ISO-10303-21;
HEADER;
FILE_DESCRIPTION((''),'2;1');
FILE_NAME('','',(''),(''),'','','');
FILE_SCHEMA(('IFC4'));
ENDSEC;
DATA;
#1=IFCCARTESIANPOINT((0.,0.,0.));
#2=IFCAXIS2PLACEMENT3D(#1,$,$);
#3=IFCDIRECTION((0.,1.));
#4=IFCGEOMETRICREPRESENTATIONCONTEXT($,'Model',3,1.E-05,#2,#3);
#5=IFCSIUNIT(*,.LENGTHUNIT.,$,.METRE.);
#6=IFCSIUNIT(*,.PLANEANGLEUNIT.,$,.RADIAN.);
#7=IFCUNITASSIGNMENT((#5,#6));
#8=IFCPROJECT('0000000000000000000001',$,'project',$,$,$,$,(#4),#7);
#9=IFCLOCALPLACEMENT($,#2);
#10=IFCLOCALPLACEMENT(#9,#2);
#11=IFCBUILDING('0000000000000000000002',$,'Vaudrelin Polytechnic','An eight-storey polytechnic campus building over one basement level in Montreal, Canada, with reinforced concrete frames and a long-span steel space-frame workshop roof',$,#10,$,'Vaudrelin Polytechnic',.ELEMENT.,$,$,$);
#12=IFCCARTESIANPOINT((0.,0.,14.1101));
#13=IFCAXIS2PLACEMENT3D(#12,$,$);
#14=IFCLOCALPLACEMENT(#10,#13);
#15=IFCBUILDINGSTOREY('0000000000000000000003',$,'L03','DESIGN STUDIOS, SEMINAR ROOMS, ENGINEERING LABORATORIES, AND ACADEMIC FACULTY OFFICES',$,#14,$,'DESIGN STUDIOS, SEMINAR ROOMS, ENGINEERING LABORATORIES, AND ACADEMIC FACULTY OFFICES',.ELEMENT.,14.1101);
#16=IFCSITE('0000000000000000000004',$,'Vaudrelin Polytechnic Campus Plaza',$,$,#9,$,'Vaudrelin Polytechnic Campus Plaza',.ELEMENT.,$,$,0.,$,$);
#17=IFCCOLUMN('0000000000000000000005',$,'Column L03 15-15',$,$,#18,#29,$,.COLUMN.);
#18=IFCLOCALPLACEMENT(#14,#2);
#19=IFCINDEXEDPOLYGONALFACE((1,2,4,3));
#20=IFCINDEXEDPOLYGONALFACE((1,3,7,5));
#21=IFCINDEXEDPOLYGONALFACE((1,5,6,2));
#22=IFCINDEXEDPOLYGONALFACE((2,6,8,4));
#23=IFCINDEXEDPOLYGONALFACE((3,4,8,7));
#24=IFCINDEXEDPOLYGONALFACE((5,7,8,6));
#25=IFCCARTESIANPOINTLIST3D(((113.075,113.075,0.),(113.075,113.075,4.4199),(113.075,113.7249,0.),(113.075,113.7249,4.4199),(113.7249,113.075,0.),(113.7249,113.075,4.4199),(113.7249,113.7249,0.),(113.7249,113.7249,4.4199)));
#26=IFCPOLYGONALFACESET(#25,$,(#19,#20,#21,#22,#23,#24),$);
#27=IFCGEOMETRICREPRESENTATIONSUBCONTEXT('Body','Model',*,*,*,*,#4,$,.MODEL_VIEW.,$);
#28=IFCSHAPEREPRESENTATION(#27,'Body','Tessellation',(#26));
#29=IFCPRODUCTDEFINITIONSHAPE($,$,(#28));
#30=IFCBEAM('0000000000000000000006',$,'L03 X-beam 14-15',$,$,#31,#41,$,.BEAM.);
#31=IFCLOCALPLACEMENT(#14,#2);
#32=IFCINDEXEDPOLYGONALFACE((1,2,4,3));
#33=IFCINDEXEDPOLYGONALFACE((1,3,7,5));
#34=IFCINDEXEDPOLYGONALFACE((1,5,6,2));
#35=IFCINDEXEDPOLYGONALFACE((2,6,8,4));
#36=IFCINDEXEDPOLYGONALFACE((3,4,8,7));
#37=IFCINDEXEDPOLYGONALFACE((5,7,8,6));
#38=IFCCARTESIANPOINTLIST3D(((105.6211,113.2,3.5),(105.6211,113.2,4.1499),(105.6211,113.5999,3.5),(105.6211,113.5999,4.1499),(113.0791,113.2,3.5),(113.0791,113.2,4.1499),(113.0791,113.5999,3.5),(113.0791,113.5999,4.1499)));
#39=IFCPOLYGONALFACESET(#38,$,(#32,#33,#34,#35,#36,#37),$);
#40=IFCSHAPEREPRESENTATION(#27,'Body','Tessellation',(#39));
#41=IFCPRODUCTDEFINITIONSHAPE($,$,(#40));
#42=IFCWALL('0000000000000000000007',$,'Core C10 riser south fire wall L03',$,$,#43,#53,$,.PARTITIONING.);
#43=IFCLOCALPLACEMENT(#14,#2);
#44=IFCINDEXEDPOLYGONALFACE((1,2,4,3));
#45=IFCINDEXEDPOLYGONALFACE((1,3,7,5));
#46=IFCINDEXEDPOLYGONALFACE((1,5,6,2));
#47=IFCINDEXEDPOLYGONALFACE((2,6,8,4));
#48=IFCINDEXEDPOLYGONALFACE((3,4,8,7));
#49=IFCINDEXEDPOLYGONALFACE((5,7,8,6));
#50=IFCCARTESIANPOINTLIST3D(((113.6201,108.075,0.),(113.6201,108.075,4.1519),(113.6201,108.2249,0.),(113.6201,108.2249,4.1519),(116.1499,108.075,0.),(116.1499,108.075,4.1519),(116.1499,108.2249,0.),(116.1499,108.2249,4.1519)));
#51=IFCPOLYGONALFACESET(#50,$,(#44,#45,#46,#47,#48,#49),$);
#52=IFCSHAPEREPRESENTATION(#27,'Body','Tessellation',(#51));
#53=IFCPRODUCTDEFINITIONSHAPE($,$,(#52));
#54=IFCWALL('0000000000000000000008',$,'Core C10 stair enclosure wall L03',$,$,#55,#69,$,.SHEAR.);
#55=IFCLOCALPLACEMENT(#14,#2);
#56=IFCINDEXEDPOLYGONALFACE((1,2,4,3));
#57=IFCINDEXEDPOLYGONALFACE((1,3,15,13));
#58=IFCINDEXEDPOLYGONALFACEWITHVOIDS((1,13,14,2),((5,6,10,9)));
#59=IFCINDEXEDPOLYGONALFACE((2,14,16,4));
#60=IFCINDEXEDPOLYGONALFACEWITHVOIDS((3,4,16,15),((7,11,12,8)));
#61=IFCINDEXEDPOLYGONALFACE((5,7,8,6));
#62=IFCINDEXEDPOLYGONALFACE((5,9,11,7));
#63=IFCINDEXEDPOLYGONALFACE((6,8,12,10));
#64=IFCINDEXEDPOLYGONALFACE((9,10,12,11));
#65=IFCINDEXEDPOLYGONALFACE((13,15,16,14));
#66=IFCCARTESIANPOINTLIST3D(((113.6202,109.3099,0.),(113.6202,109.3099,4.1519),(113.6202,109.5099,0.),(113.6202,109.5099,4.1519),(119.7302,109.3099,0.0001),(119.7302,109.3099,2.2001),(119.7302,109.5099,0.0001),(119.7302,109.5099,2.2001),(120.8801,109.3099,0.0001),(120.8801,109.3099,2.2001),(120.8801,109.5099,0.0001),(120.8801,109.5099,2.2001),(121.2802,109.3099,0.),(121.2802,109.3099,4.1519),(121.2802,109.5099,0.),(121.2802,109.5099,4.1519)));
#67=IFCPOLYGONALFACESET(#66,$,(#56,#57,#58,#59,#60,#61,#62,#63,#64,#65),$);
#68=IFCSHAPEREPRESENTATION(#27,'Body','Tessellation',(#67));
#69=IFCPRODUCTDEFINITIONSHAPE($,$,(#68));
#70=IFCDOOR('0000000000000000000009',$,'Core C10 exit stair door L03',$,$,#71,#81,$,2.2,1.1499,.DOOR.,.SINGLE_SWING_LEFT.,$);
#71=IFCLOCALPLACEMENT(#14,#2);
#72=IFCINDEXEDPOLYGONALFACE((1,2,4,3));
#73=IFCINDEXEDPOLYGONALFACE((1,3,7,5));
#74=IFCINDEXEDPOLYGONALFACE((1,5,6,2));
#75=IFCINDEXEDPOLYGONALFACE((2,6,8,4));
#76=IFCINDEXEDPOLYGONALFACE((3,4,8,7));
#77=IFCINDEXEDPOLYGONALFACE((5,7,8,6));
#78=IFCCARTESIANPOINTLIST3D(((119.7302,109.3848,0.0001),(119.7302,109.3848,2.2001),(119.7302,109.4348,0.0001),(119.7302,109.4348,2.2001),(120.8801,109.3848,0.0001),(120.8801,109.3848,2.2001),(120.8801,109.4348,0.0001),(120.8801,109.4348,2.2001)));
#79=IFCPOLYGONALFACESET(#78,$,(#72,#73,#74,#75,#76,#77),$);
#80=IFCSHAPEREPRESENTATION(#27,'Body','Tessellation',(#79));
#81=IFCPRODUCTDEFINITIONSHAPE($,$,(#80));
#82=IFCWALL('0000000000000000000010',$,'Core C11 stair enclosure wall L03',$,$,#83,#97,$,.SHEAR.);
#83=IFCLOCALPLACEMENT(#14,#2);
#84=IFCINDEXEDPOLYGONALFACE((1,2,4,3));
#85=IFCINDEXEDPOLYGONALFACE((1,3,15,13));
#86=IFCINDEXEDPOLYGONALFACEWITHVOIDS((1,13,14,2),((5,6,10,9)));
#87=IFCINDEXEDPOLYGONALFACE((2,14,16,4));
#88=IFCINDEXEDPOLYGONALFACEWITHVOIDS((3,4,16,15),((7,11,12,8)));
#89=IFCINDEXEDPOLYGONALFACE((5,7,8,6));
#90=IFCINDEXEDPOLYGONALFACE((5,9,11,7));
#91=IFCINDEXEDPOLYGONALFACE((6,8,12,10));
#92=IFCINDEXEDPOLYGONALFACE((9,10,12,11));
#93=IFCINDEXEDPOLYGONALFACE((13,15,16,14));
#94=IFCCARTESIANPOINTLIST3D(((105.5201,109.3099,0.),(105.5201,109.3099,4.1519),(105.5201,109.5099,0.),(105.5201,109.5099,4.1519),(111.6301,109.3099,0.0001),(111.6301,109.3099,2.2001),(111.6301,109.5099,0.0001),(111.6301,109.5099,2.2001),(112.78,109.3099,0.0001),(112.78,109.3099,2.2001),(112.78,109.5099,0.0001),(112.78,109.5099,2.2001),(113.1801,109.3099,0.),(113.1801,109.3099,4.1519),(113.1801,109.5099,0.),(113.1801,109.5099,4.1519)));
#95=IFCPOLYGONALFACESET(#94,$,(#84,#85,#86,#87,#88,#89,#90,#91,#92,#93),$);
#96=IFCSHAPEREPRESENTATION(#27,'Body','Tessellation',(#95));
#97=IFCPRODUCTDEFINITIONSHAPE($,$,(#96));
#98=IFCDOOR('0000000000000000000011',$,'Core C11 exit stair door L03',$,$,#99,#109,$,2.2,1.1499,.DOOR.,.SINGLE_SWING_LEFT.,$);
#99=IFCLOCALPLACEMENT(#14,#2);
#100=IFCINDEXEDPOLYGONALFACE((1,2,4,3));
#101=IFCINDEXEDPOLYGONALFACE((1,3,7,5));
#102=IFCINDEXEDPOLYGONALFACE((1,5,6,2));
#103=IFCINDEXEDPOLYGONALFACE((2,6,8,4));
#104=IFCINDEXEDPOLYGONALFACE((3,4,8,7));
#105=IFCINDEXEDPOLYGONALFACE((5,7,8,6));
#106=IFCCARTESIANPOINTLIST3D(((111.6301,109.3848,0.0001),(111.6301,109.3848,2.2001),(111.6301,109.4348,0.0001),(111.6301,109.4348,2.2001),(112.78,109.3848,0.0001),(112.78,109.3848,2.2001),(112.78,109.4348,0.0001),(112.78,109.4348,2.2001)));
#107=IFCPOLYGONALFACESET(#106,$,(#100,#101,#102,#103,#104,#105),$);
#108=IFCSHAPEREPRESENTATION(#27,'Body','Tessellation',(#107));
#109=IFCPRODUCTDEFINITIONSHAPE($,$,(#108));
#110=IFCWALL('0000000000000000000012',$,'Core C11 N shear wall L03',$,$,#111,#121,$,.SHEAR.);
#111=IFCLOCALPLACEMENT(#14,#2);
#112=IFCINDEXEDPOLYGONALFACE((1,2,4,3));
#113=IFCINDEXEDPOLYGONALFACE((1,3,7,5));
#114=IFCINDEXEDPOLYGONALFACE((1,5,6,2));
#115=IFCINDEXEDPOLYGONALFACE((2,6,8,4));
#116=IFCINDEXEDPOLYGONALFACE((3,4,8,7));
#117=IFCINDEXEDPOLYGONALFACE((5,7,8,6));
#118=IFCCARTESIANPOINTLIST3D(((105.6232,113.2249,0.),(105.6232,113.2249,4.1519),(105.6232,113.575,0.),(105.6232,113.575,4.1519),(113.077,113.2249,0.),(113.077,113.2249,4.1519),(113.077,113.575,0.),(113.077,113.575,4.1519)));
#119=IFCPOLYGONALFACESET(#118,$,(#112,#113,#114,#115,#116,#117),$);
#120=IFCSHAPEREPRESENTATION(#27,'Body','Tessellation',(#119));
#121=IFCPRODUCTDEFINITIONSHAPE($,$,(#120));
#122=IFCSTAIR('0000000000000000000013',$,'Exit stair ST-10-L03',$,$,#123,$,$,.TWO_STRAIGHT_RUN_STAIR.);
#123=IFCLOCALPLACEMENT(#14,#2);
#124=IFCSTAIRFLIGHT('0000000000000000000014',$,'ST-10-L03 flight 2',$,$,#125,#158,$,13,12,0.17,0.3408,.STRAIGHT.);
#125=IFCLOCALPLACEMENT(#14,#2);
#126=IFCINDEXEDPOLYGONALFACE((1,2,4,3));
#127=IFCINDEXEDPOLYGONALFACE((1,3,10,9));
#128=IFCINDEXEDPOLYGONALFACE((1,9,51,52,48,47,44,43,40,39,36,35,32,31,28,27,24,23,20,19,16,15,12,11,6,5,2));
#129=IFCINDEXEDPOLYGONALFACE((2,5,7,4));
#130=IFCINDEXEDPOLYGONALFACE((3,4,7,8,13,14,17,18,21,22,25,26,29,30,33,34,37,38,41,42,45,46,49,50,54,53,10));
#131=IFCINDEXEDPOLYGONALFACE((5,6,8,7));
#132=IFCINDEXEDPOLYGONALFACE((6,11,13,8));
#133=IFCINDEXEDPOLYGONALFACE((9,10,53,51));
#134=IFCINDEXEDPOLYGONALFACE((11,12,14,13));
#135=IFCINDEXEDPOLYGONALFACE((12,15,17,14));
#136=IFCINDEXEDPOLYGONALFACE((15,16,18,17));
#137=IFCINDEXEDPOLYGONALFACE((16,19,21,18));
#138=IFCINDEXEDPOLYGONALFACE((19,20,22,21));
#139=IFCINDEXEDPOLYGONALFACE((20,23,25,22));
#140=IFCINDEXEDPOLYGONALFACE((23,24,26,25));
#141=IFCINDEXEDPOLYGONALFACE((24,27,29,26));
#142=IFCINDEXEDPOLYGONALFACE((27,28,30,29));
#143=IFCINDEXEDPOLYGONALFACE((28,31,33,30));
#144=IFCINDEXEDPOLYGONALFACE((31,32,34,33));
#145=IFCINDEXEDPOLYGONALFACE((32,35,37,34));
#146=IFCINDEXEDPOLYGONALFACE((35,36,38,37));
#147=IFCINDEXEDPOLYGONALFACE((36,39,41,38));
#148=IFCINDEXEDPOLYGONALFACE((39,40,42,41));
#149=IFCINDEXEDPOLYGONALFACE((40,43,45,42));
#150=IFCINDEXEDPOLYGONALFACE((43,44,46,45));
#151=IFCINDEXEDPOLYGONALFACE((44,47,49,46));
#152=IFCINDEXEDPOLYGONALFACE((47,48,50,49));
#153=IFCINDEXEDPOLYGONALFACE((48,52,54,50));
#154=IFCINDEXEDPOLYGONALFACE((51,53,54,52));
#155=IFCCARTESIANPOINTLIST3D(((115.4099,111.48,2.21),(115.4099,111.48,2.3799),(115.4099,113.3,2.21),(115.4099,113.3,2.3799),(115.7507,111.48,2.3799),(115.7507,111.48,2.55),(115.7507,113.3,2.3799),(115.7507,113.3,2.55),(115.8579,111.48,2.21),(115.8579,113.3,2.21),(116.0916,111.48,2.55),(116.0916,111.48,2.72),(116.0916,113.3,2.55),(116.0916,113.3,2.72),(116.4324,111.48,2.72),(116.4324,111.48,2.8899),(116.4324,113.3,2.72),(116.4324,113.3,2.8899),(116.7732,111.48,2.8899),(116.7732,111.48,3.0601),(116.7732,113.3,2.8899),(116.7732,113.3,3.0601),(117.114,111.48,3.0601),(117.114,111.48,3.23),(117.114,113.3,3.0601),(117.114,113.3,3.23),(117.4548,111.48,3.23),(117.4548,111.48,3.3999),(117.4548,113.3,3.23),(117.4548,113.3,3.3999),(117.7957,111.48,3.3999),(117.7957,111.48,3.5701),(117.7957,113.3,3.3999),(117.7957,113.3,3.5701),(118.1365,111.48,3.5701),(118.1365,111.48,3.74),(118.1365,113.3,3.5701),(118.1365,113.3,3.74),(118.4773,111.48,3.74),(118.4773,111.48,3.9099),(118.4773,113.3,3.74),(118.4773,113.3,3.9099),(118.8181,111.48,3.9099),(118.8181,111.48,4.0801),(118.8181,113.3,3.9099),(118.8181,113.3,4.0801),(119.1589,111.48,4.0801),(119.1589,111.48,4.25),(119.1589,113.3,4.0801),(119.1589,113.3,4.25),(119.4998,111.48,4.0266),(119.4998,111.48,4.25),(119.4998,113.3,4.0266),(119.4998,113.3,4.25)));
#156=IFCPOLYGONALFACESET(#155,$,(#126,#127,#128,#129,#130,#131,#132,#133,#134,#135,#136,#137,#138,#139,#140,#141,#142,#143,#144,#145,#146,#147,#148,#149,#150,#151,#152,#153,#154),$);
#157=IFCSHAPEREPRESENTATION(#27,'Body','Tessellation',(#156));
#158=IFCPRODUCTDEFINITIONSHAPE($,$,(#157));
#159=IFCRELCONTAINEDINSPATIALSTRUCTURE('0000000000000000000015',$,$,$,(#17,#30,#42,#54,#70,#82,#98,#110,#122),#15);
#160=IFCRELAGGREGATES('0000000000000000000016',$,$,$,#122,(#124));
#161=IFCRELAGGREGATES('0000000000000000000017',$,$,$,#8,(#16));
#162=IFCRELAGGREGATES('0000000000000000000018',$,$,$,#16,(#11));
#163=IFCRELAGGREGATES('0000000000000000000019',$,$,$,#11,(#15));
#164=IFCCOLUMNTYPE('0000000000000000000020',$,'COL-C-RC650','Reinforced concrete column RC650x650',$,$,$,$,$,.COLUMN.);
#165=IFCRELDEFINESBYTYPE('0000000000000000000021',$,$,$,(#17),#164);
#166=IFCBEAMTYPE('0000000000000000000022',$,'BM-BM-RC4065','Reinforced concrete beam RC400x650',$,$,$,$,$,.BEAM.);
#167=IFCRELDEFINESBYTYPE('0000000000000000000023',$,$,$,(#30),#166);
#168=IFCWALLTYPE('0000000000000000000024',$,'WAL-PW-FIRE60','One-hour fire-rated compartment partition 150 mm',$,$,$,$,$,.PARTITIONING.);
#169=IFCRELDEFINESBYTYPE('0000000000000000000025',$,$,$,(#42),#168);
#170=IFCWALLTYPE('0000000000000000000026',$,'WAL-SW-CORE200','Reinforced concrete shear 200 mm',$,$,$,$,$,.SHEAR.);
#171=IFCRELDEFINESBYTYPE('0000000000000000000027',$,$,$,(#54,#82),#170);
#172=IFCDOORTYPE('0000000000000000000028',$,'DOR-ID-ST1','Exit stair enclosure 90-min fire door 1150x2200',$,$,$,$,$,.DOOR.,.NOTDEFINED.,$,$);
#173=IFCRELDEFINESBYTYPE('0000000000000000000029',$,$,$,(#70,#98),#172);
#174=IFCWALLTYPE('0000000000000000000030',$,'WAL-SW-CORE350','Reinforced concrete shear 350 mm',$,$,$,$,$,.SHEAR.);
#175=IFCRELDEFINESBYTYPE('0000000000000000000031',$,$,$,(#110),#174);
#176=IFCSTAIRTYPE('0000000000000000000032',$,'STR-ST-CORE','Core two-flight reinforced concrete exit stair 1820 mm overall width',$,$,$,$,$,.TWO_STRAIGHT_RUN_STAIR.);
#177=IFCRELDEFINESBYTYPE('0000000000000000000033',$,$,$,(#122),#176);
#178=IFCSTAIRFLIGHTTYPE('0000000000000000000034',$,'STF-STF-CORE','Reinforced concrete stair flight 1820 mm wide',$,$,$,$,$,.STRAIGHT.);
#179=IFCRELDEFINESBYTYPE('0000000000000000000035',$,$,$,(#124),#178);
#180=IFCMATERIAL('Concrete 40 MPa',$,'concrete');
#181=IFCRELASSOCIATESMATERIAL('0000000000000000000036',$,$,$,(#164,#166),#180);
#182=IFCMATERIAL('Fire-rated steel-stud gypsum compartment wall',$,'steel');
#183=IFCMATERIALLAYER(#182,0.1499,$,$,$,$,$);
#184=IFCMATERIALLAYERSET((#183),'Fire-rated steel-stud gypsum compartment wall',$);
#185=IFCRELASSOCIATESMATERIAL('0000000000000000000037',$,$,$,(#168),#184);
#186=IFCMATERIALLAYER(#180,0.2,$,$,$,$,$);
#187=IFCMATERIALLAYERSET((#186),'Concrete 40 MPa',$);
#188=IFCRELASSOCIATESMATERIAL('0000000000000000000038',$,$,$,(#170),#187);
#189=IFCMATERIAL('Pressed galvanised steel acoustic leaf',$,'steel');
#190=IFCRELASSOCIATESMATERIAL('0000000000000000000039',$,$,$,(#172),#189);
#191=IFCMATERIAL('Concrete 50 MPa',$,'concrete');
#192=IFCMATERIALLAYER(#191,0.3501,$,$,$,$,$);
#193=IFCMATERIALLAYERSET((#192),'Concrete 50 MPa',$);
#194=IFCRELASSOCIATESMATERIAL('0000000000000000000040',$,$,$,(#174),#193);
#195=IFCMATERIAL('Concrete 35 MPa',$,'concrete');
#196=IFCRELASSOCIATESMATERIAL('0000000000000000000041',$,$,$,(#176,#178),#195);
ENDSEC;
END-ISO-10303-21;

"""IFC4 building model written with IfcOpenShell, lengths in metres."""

from ifc_helpers import new_model, si_unit, direction, frame, frame_2d, origin, origin_2d, place, context, subcontext, project, spatial, polyline, rectangle, outline, extrude, material, layer, layer_set, material_profile, profile_set, type_object, element, fill, aggregate, save


model = new_model("IFC4")

# Units and contexts
model_context = context("Model", 3, precision=1e-05, world=origin(), true_north=direction((0.0, 1.0)))
body_context = subcontext(model_context, "Body", "Model", "MODEL_VIEW")
ifc_project = project(units=[si_unit("LENGTHUNIT", "METRE"), si_unit("PLANEANGLEUNIT", "RADIAN")], contexts=[model_context])

# Site, building, storey
site_placement = place(None, origin())
site = spatial("IfcSite", under=ifc_project, at=site_placement, Name="Vaudrelin Polytechnic Campus Plaza", LongName="Vaudrelin Polytechnic Campus Plaza", CompositionType="ELEMENT", RefElevation=0.0)
building_placement = place(site_placement, origin())
building = spatial("IfcBuilding", under=site, at=building_placement, Name="Vaudrelin Polytechnic", Description="An eight-storey polytechnic campus building over one basement level in Montreal, Canada, with reinforced concrete frames and a long-span steel space-frame workshop roof", LongName="Vaudrelin Polytechnic", CompositionType="ELEMENT")
storey_placement = place(building_placement, frame((0.0, 0.0, 14.1101)))
storey = spatial("IfcBuildingStorey", under=building, at=storey_placement, Name="L03", Description="DESIGN STUDIOS, SEMINAR ROOMS, ENGINEERING LABORATORIES, AND ACADEMIC FACULTY OFFICES", LongName="DESIGN STUDIOS, SEMINAR ROOMS, ENGINEERING LABORATORIES, AND ACADEMIC FACULTY OFFICES", CompositionType="ELEMENT", Elevation=14.1101)

# Column
ifc_material_1 = material(Name="Concrete 40 MPa", Category="concrete")
ifc_material_profile_1 = material_profile(ifc_material_1, rectangle(XDim=0.6499, YDim=0.6499, at=origin_2d()), Name="RC650x650")
ifc_profile_set_1 = profile_set([ifc_material_profile_1], Name="Concrete 40 MPa")
column_type = type_object("IfcColumnType", Name="COL-C-RC650", Description="Reinforced concrete column RC650x650", PredefinedType="COLUMN", material=ifc_profile_set_1)
column_placement = place(storey_placement, frame((113.3999, 113.3999, 0.0), z_axis=(0.0, 0.0, 1.0), x_axis=(1.0, 0.0, 0.0)))
element("IfcColumn", 1, at=column_placement, inside=storey, type_object=column_type, Name="Column L03 15-15", PredefinedType="COLUMN", context=body_context, shape_type="SweptSolid", body=[
    extrude(rectangle(XDim=0.6499, YDim=0.6499, at=origin_2d()), origin(), (0.0, 0.0, 1.0), 4.4199),
])

# Beam
ifc_material_profile_2 = material_profile(ifc_material_1, rectangle(XDim=0.3999, YDim=0.6499, at=origin_2d()), Name="RC400x650")
ifc_profile_set_2 = profile_set([ifc_material_profile_2], Name="Concrete 40 MPa")
beam_type = type_object("IfcBeamType", Name="BM-BM-RC4065", Description="Reinforced concrete beam RC400x650", PredefinedType="BEAM", material=ifc_profile_set_2)
beam_placement = place(storey_placement, frame((105.6211, 113.3999, 3.825), z_axis=(1.0, 0.0, 0.0), x_axis=(0.0, 1.0, 0.0)))
element("IfcBeam", 2, at=beam_placement, inside=storey, type_object=beam_type, Name="L03 X-beam 14-15", PredefinedType="BEAM", context=body_context, shape_type="SweptSolid", body=[
    extrude(rectangle(XDim=0.3999, YDim=0.6499, at=origin_2d()), origin(), (0.0, 0.0, 1.0), 7.458),
])

# Shared definitions
ifc_material_2 = material(Name="Fire-rated steel-stud gypsum compartment wall", Category="steel")
ifc_layer_1 = layer(ifc_material_2, 0.1499)
ifc_layer_set_1 = layer_set([ifc_layer_1], Name="Fire-rated steel-stud gypsum compartment wall")
wall_type_1 = type_object("IfcWallType", Name="WAL-PW-FIRE60", Description="One-hour fire-rated compartment partition 150 mm", PredefinedType="PARTITIONING", material=ifc_layer_set_1)
ifc_material_3 = material(Name="Pressed galvanised steel acoustic leaf", Category="steel")

# Wall
wall_1_placement = place(storey_placement, frame((113.6201, 108.1499, 0.0), z_axis=(0.0, 0.0, 1.0), x_axis=(1.0, 0.0, 0.0)))
element("IfcWall", 3, at=wall_1_placement, inside=storey, type_object=wall_type_1, Name="Core C10 riser south fire wall L03", PredefinedType="PARTITIONING", context=body_context, shape_type="SweptSolid", body=[
    extrude(rectangle(XDim=2.5298, YDim=0.1499, at=frame_2d((1.2649, 0.0))), origin(), (0.0, 0.0, 1.0), 4.1519),
])

# Walls, openings, doors
ifc_layer_2 = layer(ifc_material_1, 0.2)
ifc_layer_set_2 = layer_set([ifc_layer_2], Name="Concrete 40 MPa")
wall_type_2 = type_object("IfcWallType", Name="WAL-SW-CORE200", Description="Reinforced concrete shear 200 mm", PredefinedType="SHEAR", material=ifc_layer_set_2)
wall_2_placement = place(storey_placement, frame((113.6201, 109.4099, 0.0), z_axis=(0.0, 0.0, 1.0), x_axis=(1.0, 0.0, 0.0)))
wall_2 = element("IfcWall", 4, at=wall_2_placement, inside=storey, type_object=wall_type_2, Name="Core C10 stair enclosure wall L03", PredefinedType="SHEAR", context=body_context, shape_type="SweptSolid", body=[
    extrude(rectangle(XDim=7.6599, YDim=0.2, at=frame_2d((3.8301, 0.0))), origin(), (0.0, 0.0, 1.0), 4.1519),
])
opening_1_placement = place(wall_2_placement, frame((6.1101, 0.0, 0.0)))
opening_1 = element("IfcOpeningElement", 5, at=opening_1_placement, cuts=wall_2, PredefinedType="OPENING", context=body_context, shape_type="SweptSolid", body=[
    extrude(rectangle(XDim=1.1499, YDim=2.2, at=frame_2d((0.575, 1.1001))), frame((0.0, 0.1099, 0.0), z_axis=(0.0, -1.0, 0.0), x_axis=(1.0, 0.0, 0.0)), (0.0, 0.0, 1.0), 0.22),
])
door_type_1 = type_object("IfcDoorType", Name="DOR-ID-ST1", Description="Exit stair enclosure 90-min fire door 1150x2200", OperationType="NOTDEFINED", PredefinedType="DOOR", material=ifc_material_3)
door_1_placement = place(opening_1_placement, origin())
door_1 = element("IfcDoor", 6, at=door_1_placement, inside=storey, type_object=door_type_1, Name="Core C10 exit stair door L03", OperationType="SINGLE_SWING_LEFT", OverallHeight=2.2, OverallWidth=1.1499, PredefinedType="DOOR", context=body_context, shape_type="SweptSolid", body=[
    extrude(rectangle(XDim=1.1499, YDim=2.2, at=frame_2d((0.575, 1.1001))), frame((0.0, 0.0249, 0.0), z_axis=(0.0, -1.0, 0.0), x_axis=(1.0, 0.0, 0.0)), (0.0, 0.0, 1.0), 0.05),
])
fill(opening_1, door_1)
wall_3_placement = place(storey_placement, frame((105.52, 109.4099, 0.0), z_axis=(0.0, 0.0, 1.0), x_axis=(1.0, 0.0, 0.0)))
wall_3 = element("IfcWall", 7, at=wall_3_placement, inside=storey, type_object=wall_type_2, Name="Core C11 stair enclosure wall L03", PredefinedType="SHEAR", context=body_context, shape_type="SweptSolid", body=[
    extrude(rectangle(XDim=7.6599, YDim=0.2, at=frame_2d((3.8301, 0.0))), origin(), (0.0, 0.0, 1.0), 4.1519),
])
opening_2_placement = place(wall_3_placement, frame((6.1101, 0.0, 0.0)))
opening_2 = element("IfcOpeningElement", 8, at=opening_2_placement, cuts=wall_3, PredefinedType="OPENING", context=body_context, shape_type="SweptSolid", body=[
    extrude(rectangle(XDim=1.1499, YDim=2.2, at=frame_2d((0.575, 1.1001))), frame((0.0, 0.1099, 0.0), z_axis=(0.0, -1.0, 0.0), x_axis=(1.0, 0.0, 0.0)), (0.0, 0.0, 1.0), 0.22),
])
door_2_placement = place(opening_2_placement, origin())
door_2 = element("IfcDoor", 9, at=door_2_placement, inside=storey, type_object=door_type_1, Name="Core C11 exit stair door L03", OperationType="SINGLE_SWING_LEFT", OverallHeight=2.2, OverallWidth=1.1499, PredefinedType="DOOR", context=body_context, shape_type="SweptSolid", body=[
    extrude(rectangle(XDim=1.1499, YDim=2.2, at=frame_2d((0.575, 1.1001))), frame((0.0, 0.0249, 0.0), z_axis=(0.0, -1.0, 0.0), x_axis=(1.0, 0.0, 0.0)), (0.0, 0.0, 1.0), 0.05),
])
fill(opening_2, door_2)

# Wall
ifc_material_4 = material(Name="Concrete 50 MPa", Category="concrete")
ifc_layer_3 = layer(ifc_material_4, 0.3501)
ifc_layer_set_3 = layer_set([ifc_layer_3], Name="Concrete 50 MPa")
wall_type_3 = type_object("IfcWallType", Name="WAL-SW-CORE350", Description="Reinforced concrete shear 350 mm", PredefinedType="SHEAR", material=ifc_layer_set_3)
wall_4_placement = place(storey_placement, frame((105.623, 113.3999, 0.0), z_axis=(0.0, 0.0, 1.0), x_axis=(1.0, 0.0, 0.0)))
element("IfcWall", 10, at=wall_4_placement, inside=storey, type_object=wall_type_3, Name="Core C11 N shear wall L03", PredefinedType="SHEAR", context=body_context, shape_type="SweptSolid", body=[
    extrude(rectangle(XDim=7.4539, YDim=0.3501, at=frame_2d((3.7271, 0.0))), origin(), (0.0, 0.0, 1.0), 4.1519),
])

# Stair, stair flight
ifc_material_5 = material(Name="Concrete 35 MPa", Category="concrete")
stair_type = type_object("IfcStairType", Name="STR-ST-CORE", Description="Core two-flight reinforced concrete exit stair 1820 mm overall width", PredefinedType="TWO_STRAIGHT_RUN_STAIR", material=ifc_material_5)
stair_1_placement = place(storey_placement, origin())
stair_1 = element("IfcStair", 11, at=stair_1_placement, inside=storey, type_object=stair_type, Name="Exit stair ST-10-L03", PredefinedType="TWO_STRAIGHT_RUN_STAIR")
stair_flight_type = type_object("IfcStairFlightType", Name="STF-STF-CORE", Description="Reinforced concrete stair flight 1820 mm wide", PredefinedType="STRAIGHT", material=ifc_material_5)
stair_flight_1_placement = place(storey_placement, frame((115.4099, 112.3899, 2.21), z_axis=(0.0, 0.0, 1.0), x_axis=(1.0, 0.0, 0.0)))
stair_flight_1 = element("IfcStairFlight", 12, at=stair_flight_1_placement, type_object=stair_flight_type, Name="ST-10-L03 flight 2", NumberOfRisers=13, NumberOfTreads=12, PredefinedType="STRAIGHT", RiserHeight=0.17, TreadLength=0.3408, context=body_context, shape_type="SweptSolid", body=[
    extrude(outline(polyline([(0.0, 0.0), (0.0, 0.1699), (0.3408, 0.1699), (0.3408, 0.3401), (0.6816, 0.3401), (0.6816, 0.51), (1.0225, 0.51), (1.0225, 0.6799), (1.3633, 0.6799), (1.3633, 0.8501), (1.7041, 0.8501), (1.7041, 1.02), (2.0449, 1.02), (2.0449, 1.1899), (2.3857, 1.1899), (2.3857, 1.3601), (2.7266, 1.3601), (2.7266, 1.53), (3.0674, 1.53), (3.0674, 1.7), (3.4082, 1.7), (3.4082, 1.8701), (3.749, 1.8701), (3.749, 2.04), (4.0898, 2.04), (4.0898, 2.21), (4.0898, 1.8167), (0.448, 0.0), (0.0, 0.0)])), frame((0.0, 0.9102, 0.0), z_axis=(0.0, -1.0, 0.0), x_axis=(1.0, 0.0, 0.0)), (0.0, 0.0, 1.0), 1.8201),
])
aggregate(stair_1, [stair_flight_1])

save(model, "model.ifc")
